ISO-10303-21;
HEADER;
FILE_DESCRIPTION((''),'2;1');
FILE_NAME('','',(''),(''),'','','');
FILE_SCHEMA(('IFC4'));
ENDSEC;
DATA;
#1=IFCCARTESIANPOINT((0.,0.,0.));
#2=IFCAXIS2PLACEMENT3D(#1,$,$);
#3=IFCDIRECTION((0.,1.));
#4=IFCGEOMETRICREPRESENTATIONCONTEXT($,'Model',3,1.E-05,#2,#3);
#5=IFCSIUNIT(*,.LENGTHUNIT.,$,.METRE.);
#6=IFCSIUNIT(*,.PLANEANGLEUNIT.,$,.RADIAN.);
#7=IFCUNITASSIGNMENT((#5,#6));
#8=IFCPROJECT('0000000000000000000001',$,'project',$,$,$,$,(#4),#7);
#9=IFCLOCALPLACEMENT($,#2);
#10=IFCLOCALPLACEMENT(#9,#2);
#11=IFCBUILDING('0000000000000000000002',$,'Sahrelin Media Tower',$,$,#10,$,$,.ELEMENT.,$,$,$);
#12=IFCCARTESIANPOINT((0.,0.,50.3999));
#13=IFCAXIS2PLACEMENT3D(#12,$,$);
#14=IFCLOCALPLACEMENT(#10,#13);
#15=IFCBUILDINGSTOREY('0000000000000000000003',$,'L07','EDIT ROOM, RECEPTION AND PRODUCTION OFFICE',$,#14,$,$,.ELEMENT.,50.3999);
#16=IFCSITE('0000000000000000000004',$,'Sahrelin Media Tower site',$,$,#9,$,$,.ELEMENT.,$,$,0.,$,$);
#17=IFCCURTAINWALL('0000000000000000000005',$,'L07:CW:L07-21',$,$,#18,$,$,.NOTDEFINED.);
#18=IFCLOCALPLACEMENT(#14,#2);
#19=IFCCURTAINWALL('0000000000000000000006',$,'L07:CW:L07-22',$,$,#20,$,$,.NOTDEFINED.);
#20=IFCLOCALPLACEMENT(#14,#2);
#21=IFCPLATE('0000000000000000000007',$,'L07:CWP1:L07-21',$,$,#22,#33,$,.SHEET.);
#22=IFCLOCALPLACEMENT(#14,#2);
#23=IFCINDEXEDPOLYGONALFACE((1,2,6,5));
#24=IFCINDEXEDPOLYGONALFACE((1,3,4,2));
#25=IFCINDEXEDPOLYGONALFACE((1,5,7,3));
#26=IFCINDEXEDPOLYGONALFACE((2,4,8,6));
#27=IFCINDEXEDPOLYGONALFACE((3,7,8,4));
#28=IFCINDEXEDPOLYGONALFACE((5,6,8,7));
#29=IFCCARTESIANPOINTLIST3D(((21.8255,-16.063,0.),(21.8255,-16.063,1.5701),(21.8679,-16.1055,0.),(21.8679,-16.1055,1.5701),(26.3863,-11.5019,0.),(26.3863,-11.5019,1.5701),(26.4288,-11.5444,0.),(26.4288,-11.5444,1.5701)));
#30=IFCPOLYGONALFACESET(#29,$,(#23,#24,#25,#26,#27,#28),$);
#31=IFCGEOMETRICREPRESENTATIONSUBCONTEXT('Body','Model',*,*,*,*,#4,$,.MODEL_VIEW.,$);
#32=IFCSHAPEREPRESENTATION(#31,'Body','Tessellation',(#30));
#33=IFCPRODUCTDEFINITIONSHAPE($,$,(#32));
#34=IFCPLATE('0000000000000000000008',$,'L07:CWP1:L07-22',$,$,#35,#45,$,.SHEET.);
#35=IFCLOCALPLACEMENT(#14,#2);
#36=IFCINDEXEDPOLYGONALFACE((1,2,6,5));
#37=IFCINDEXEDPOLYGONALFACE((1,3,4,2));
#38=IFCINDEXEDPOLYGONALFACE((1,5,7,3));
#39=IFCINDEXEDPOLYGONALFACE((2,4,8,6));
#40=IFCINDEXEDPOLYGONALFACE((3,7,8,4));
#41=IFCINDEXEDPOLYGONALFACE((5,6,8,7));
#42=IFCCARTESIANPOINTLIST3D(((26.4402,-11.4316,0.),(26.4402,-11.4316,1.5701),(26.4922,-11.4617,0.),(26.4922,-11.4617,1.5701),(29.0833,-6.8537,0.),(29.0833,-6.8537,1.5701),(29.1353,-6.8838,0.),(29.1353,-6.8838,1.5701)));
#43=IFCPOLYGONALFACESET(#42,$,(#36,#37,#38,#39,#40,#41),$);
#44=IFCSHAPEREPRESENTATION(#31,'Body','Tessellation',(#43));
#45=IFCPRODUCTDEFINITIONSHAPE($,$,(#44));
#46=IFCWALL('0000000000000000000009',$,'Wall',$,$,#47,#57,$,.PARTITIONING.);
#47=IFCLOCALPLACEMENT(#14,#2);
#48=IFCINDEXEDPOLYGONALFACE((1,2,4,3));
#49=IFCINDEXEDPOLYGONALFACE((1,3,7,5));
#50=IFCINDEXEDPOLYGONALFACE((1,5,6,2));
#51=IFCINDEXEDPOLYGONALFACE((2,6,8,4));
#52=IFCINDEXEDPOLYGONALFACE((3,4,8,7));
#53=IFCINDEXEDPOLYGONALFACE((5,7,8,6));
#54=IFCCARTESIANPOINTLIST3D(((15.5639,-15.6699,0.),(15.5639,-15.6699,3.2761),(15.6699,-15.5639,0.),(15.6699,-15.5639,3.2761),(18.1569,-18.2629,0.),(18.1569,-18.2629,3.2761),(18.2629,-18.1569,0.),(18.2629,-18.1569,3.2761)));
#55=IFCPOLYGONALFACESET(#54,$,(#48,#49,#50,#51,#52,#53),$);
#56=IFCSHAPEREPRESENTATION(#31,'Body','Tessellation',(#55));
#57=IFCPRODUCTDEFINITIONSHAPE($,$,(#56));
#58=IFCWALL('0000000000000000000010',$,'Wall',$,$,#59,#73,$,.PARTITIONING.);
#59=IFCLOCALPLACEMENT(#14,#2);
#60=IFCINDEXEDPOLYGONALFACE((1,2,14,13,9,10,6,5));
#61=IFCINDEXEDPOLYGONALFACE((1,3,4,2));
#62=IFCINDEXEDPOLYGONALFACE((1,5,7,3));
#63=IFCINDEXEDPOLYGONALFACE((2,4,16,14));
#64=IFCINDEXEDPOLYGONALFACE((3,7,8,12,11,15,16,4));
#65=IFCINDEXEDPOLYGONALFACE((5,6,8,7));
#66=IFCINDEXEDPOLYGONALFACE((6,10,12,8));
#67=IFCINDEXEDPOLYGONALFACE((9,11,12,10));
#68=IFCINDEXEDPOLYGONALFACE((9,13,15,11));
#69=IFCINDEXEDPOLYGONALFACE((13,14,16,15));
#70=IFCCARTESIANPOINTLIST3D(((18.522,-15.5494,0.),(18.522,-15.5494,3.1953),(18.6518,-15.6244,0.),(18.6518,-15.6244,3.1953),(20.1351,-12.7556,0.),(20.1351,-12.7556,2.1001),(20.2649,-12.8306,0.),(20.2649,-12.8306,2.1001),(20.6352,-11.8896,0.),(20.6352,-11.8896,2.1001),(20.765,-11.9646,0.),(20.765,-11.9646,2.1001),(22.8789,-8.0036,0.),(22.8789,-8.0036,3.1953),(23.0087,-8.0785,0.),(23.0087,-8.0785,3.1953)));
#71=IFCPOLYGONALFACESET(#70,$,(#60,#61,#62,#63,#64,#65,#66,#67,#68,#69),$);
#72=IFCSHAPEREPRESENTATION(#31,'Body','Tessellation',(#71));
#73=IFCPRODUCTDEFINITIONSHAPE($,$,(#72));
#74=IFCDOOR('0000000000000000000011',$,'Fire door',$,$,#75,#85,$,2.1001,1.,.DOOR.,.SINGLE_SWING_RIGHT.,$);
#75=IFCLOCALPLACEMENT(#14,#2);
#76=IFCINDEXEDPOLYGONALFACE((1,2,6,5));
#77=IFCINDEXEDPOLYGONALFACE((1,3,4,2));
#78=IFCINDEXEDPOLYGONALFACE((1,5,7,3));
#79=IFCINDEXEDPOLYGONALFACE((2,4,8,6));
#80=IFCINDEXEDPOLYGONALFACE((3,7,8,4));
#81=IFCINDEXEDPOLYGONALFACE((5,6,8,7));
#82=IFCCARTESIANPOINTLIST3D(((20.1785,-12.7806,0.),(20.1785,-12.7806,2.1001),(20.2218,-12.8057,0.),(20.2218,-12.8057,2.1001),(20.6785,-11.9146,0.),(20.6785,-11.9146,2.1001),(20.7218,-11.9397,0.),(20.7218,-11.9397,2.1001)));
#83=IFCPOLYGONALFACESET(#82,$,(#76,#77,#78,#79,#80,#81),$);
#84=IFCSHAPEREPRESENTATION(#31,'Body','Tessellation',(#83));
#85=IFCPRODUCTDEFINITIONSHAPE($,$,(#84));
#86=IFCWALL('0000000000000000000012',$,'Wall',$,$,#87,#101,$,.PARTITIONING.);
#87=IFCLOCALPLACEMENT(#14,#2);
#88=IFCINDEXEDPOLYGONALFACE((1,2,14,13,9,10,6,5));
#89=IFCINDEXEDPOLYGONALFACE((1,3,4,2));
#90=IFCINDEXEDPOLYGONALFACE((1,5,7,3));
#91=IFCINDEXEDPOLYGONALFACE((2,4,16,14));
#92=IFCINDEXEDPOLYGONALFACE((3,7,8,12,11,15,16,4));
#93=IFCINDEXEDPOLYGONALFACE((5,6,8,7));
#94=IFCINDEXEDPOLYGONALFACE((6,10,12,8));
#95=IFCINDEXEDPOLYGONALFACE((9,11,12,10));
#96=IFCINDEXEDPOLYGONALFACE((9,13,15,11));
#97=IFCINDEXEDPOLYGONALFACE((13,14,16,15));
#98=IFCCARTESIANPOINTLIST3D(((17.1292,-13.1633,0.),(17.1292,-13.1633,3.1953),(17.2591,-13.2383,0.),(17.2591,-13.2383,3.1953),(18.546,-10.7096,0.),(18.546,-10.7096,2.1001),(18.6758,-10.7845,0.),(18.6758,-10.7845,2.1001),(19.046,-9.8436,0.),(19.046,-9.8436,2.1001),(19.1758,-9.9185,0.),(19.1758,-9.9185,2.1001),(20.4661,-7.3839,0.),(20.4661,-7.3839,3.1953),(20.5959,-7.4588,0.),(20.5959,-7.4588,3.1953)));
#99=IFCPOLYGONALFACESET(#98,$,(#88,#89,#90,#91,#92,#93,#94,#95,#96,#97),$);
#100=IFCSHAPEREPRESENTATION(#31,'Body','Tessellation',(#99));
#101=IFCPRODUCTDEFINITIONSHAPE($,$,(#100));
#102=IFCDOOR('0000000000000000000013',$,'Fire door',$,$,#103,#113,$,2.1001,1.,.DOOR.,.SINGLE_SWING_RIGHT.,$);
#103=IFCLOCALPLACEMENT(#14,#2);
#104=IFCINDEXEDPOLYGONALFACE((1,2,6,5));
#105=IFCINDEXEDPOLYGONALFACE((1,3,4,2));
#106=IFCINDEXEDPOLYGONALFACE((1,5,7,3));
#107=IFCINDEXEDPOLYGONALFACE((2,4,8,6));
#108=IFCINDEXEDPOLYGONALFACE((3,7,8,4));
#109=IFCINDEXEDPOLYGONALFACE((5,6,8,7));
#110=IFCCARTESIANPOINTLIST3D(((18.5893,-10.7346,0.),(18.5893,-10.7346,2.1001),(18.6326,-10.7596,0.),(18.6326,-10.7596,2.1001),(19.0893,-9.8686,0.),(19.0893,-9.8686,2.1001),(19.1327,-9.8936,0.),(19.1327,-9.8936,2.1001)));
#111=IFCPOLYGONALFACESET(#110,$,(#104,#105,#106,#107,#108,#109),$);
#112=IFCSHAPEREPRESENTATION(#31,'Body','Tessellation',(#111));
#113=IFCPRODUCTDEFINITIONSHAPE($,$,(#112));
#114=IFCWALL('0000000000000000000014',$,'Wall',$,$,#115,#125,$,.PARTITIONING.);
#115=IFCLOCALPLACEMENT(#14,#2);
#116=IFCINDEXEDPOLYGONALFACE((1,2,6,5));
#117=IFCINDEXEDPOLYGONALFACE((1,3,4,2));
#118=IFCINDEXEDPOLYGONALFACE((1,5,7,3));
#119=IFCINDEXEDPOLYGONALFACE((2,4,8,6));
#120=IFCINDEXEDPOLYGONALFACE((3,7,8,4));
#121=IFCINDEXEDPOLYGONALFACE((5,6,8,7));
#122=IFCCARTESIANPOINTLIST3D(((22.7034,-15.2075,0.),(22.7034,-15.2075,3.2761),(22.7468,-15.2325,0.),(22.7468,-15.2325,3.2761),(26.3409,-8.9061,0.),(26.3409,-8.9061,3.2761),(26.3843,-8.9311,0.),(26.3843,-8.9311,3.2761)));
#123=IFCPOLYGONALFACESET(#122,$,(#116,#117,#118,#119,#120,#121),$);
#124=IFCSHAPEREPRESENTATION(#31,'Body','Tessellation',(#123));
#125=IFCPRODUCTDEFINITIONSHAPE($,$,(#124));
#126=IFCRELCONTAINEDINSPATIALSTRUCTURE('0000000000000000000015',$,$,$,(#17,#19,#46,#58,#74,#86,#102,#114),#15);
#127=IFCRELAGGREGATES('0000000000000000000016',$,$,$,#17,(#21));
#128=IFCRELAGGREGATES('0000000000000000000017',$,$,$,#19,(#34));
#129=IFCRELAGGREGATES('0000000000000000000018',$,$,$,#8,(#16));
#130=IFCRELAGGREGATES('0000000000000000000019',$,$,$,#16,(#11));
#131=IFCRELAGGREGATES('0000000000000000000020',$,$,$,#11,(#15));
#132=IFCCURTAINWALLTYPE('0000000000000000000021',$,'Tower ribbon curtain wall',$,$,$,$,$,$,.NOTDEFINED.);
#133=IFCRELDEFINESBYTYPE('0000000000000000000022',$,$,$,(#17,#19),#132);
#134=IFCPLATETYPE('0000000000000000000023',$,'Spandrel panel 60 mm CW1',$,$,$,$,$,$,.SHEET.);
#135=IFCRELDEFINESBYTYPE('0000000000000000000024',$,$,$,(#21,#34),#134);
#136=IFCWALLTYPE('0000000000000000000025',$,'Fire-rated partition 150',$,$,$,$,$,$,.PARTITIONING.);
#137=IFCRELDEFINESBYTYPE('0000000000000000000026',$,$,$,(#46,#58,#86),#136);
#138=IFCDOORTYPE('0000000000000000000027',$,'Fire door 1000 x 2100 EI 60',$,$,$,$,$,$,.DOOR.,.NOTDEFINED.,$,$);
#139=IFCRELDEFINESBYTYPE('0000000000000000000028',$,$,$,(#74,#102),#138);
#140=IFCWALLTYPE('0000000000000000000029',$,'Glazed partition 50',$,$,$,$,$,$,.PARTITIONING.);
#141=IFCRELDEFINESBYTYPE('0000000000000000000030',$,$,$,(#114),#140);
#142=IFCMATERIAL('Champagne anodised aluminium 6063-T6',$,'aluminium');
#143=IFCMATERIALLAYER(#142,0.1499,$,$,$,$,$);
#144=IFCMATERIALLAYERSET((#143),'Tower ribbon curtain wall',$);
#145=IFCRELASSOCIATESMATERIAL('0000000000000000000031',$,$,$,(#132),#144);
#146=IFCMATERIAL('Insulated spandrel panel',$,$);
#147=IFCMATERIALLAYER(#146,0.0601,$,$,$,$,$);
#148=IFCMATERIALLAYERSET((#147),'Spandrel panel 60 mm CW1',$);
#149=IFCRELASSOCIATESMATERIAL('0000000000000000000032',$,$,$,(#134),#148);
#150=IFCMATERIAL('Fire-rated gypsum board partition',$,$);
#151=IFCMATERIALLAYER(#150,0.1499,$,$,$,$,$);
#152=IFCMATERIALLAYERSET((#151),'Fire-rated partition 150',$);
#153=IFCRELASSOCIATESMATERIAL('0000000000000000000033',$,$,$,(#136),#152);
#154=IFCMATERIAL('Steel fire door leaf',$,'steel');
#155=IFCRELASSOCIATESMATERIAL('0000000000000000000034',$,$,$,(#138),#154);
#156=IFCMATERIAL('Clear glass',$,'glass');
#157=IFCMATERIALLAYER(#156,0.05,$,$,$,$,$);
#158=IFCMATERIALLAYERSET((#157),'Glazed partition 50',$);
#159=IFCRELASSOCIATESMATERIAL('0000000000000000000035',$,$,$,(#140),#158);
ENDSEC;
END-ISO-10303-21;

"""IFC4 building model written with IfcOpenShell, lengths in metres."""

from ifc_helpers import new_model, si_unit, direction, frame, frame_2d, origin, place, context, subcontext, project, spatial, polyline, rectangle, outline, extrude, material, layer, layer_set, type_object, element, fill, aggregate, save


model = new_model("IFC4")

# Units and contexts
model_context = context("Model", 3, precision=1e-05, world=origin(), true_north=direction((0.0, 1.0)))
body_context = subcontext(model_context, "Body", "Model", "MODEL_VIEW")
ifc_project = project(units=[si_unit("LENGTHUNIT", "METRE"), si_unit("PLANEANGLEUNIT", "RADIAN")], contexts=[model_context])

# Site, building, storey
site_placement = place(None, origin())
site = spatial("IfcSite", under=ifc_project, at=site_placement, Name="Sahrelin Media Tower site", CompositionType="ELEMENT", RefElevation=0.0)
building_placement = place(site_placement, origin())
building = spatial("IfcBuilding", under=site, at=building_placement, Name="Sahrelin Media Tower", CompositionType="ELEMENT")
storey_placement = place(building_placement, frame((0.0, 0.0, 50.3999)))
storey = spatial("IfcBuildingStorey", under=building, at=storey_placement, Name="L07", Description="EDIT ROOM, RECEPTION AND PRODUCTION OFFICE", CompositionType="ELEMENT", Elevation=50.3999)

# Curtain wall
ifc_material_1 = material(Name="Champagne anodised aluminium 6063-T6", Category="aluminium")
ifc_layer_1 = layer(ifc_material_1, 0.1499)
ifc_layer_set_1 = layer_set([ifc_layer_1], Name="Tower ribbon curtain wall")
curtain_wall_type = type_object("IfcCurtainWallType", Name="Tower ribbon curtain wall", PredefinedType="NOTDEFINED", material=ifc_layer_set_1)
curtain_wall_1_placement = place(storey_placement, frame((24.134, -13.8108, 0.0), z_axis=(0.0, 0.0, 1.0), x_axis=(1.0, 0.0, 0.0)))
curtain_wall_1 = element("IfcCurtainWall", 1, at=curtain_wall_1_placement, inside=storey, type_object=curtain_wall_type, Name="L07:CW:L07-21", PredefinedType="NOTDEFINED")

# Curtain wall
curtain_wall_2_placement = place(storey_placement, frame((27.7964, -9.1628, 0.0), z_axis=(0.0, 0.0, 1.0), x_axis=(1.0, 0.0, 0.0)))
curtain_wall_2 = element("IfcCurtainWall", 2, at=curtain_wall_2_placement, inside=storey, type_object=curtain_wall_type, Name="L07:CW:L07-22", PredefinedType="NOTDEFINED")

# Plates
ifc_material_2 = material(Name="Insulated spandrel panel")
ifc_layer_2 = layer(ifc_material_2, 0.0601)
ifc_layer_set_2 = layer_set([ifc_layer_2], Name="Spandrel panel 60 mm CW1")
plate_type_1 = type_object("IfcPlateType", Name="Spandrel panel 60 mm CW1", PredefinedType="SHEET", material=ifc_layer_set_2)
plate_1_placement = place(storey_placement, frame((21.8679, -16.1055, 0.0), z_axis=(0.707126, -0.707088, 0.0), x_axis=(0.707088, 0.707126, 0.0)))
plate_1 = element("IfcPlate", 3, at=plate_1_placement, type_object=plate_type_1, Name="L07:CWP1:L07-21", PredefinedType="SHEET", context=body_context, shape_type="SweptSolid", body=[
    extrude(outline(polyline([(0.0, 0.0), (6.4502, 0.0), (6.4502, 1.5701), (0.0, 1.5701), (0.0, 0.0)])), origin(), (0.0, 0.0, -1.0), 0.0601),
])
aggregate(curtain_wall_1, [plate_1])
plate_2_placement = place(storey_placement, frame((26.4922, -11.4617, 0.0), z_axis=(0.866023, -0.500004, 0.0), x_axis=(0.500004, 0.866023, 0.0)))
plate_2 = element("IfcPlate", 4, at=plate_2_placement, type_object=plate_type_1, Name="L07:CWP1:L07-22", PredefinedType="SHEET", context=body_context, shape_type="SweptSolid", body=[
    extrude(outline(polyline([(0.0, 0.0), (5.2861, 0.0), (5.2861, 1.5701), (0.0, 1.5701), (0.0, 0.0)])), origin(), (0.0, 0.0, -1.0), 0.0601),
])
aggregate(curtain_wall_2, [plate_2])

# Wall
ifc_material_3 = material(Name="Fire-rated gypsum board partition")
ifc_layer_3 = layer(ifc_material_3, 0.1499)
ifc_layer_set_3 = layer_set([ifc_layer_3], Name="Fire-rated partition 150")
wall_type_1 = type_object("IfcWallType", Name="Fire-rated partition 150", PredefinedType="PARTITIONING", material=ifc_layer_set_3)
wall_1_placement = place(storey_placement, frame((15.6169, -15.6169, 0.0), z_axis=(0.0, 0.0, 1.0), x_axis=(0.707107, -0.707107, 0.0)))
element("IfcWall", 5, at=wall_1_placement, inside=storey, type_object=wall_type_1, Name="Wall", PredefinedType="PARTITIONING", context=body_context, shape_type="SweptSolid", body=[
    extrude(rectangle(XDim=3.667, YDim=0.1499, at=frame_2d((1.8335, 0.0))), origin(), (0.0, 0.0, 1.0), 3.2761),
])

# Walls, openings, doors
wall_2_placement = place(storey_placement, frame((18.5869, -15.5869, 0.0), z_axis=(0.0, 0.0, 1.0), x_axis=(0.500026, 0.86601, 0.0)))
wall_2 = element("IfcWall", 6, at=wall_2_placement, inside=storey, type_object=wall_type_1, Name="Wall", PredefinedType="PARTITIONING", context=body_context, shape_type="SweptSolid", body=[
    extrude(rectangle(XDim=8.7134, YDim=0.1499, at=frame_2d((4.3567, 0.0))), origin(), (0.0, 0.0, 1.0), 3.1953),
])
opening_1_placement = place(wall_2_placement, frame((3.2261, 0.0, 0.0)))
opening_1 = element("IfcOpeningElement", 7, at=opening_1_placement, cuts=wall_2, PredefinedType="OPENING", context=body_context, shape_type="SweptSolid", body=[
    extrude(rectangle(XDim=1.0, YDim=2.1001, at=frame_2d((0.5, 1.05))), frame((0.0, 0.075, 0.0), z_axis=(0.0, -1.0, 0.0), x_axis=(1.0, 0.0, 0.0)), (0.0, 0.0, 1.0), 0.1499),
])
ifc_material_4 = material(Name="Steel fire door leaf", Category="steel")
door_type = type_object("IfcDoorType", Name="Fire door 1000 x 2100 EI 60", OperationType="NOTDEFINED", PredefinedType="DOOR", material=ifc_material_4)
door_1_placement = place(opening_1_placement, origin())
door_1 = element("IfcDoor", 8, at=door_1_placement, inside=storey, type_object=door_type, Name="Fire door", OperationType="SINGLE_SWING_RIGHT", OverallHeight=2.1001, OverallWidth=1.0, PredefinedType="DOOR", context=body_context, shape_type="SweptSolid", body=[
    extrude(rectangle(XDim=1.0, YDim=2.1001, at=frame_2d((0.5, 1.05))), frame((0.0, 0.0249, 0.0), z_axis=(0.0, -1.0, 0.0), x_axis=(1.0, 0.0, 0.0)), (0.0, 0.0, 1.0), 0.05),
])
fill(opening_1, door_1)
wall_3_placement = place(storey_placement, frame((17.1941, -13.2009, 0.0), z_axis=(0.0, 0.0, 1.0), x_axis=(0.500011, 0.866019, 0.0)))
wall_3 = element("IfcWall", 9, at=wall_3_placement, inside=storey, type_object=wall_type_1, Name="Wall", PredefinedType="PARTITIONING", context=body_context, shape_type="SweptSolid", body=[
    extrude(rectangle(XDim=6.6736, YDim=0.1499, at=frame_2d((3.3369, 0.0))), origin(), (0.0, 0.0, 1.0), 3.1953),
])
opening_2_placement = place(wall_3_placement, frame((2.8335, 0.0, 0.0)))
opening_2 = element("IfcOpeningElement", 10, at=opening_2_placement, cuts=wall_3, PredefinedType="OPENING", context=body_context, shape_type="SweptSolid", body=[
    extrude(rectangle(XDim=1.0, YDim=2.1001, at=frame_2d((0.5, 1.05))), frame((0.0, 0.075, 0.0), z_axis=(0.0, -1.0, 0.0), x_axis=(1.0, 0.0, 0.0)), (0.0, 0.0, 1.0), 0.1499),
])
door_2_placement = place(opening_2_placement, origin())
door_2 = element("IfcDoor", 11, at=door_2_placement, inside=storey, type_object=door_type, Name="Fire door", OperationType="SINGLE_SWING_RIGHT", OverallHeight=2.1001, OverallWidth=1.0, PredefinedType="DOOR", context=body_context, shape_type="SweptSolid", body=[
    extrude(rectangle(XDim=1.0, YDim=2.1001, at=frame_2d((0.5, 1.05))), frame((0.0, 0.0249, 0.0), z_axis=(0.0, -1.0, 0.0), x_axis=(1.0, 0.0, 0.0)), (0.0, 0.0, 1.0), 0.05),
])
fill(opening_2, door_2)

# Wall
ifc_material_5 = material(Name="Clear glass", Category="glass")
ifc_layer_4 = layer(ifc_material_5, 0.05)
ifc_layer_set_4 = layer_set([ifc_layer_4], Name="Glazed partition 50")
wall_type_2 = type_object("IfcWallType", Name="Glazed partition 50", PredefinedType="PARTITIONING", material=ifc_layer_set_4)
wall_4_placement = place(storey_placement, frame((22.7251, -15.22, 0.0), z_axis=(0.0, 0.0, 1.0), x_axis=(0.499939, 0.86606, 0.0)))
element("IfcWall", 12, at=wall_4_placement, inside=storey, type_object=wall_type_2, Name="Wall", PredefinedType="PARTITIONING", context=body_context, shape_type="SweptSolid", body=[
    extrude(rectangle(XDim=7.2759, YDim=0.05, at=frame_2d((3.6379, 0.0))), origin(), (0.0, 0.0, 1.0), 3.2761),
])

save(model, "model.ifc")
